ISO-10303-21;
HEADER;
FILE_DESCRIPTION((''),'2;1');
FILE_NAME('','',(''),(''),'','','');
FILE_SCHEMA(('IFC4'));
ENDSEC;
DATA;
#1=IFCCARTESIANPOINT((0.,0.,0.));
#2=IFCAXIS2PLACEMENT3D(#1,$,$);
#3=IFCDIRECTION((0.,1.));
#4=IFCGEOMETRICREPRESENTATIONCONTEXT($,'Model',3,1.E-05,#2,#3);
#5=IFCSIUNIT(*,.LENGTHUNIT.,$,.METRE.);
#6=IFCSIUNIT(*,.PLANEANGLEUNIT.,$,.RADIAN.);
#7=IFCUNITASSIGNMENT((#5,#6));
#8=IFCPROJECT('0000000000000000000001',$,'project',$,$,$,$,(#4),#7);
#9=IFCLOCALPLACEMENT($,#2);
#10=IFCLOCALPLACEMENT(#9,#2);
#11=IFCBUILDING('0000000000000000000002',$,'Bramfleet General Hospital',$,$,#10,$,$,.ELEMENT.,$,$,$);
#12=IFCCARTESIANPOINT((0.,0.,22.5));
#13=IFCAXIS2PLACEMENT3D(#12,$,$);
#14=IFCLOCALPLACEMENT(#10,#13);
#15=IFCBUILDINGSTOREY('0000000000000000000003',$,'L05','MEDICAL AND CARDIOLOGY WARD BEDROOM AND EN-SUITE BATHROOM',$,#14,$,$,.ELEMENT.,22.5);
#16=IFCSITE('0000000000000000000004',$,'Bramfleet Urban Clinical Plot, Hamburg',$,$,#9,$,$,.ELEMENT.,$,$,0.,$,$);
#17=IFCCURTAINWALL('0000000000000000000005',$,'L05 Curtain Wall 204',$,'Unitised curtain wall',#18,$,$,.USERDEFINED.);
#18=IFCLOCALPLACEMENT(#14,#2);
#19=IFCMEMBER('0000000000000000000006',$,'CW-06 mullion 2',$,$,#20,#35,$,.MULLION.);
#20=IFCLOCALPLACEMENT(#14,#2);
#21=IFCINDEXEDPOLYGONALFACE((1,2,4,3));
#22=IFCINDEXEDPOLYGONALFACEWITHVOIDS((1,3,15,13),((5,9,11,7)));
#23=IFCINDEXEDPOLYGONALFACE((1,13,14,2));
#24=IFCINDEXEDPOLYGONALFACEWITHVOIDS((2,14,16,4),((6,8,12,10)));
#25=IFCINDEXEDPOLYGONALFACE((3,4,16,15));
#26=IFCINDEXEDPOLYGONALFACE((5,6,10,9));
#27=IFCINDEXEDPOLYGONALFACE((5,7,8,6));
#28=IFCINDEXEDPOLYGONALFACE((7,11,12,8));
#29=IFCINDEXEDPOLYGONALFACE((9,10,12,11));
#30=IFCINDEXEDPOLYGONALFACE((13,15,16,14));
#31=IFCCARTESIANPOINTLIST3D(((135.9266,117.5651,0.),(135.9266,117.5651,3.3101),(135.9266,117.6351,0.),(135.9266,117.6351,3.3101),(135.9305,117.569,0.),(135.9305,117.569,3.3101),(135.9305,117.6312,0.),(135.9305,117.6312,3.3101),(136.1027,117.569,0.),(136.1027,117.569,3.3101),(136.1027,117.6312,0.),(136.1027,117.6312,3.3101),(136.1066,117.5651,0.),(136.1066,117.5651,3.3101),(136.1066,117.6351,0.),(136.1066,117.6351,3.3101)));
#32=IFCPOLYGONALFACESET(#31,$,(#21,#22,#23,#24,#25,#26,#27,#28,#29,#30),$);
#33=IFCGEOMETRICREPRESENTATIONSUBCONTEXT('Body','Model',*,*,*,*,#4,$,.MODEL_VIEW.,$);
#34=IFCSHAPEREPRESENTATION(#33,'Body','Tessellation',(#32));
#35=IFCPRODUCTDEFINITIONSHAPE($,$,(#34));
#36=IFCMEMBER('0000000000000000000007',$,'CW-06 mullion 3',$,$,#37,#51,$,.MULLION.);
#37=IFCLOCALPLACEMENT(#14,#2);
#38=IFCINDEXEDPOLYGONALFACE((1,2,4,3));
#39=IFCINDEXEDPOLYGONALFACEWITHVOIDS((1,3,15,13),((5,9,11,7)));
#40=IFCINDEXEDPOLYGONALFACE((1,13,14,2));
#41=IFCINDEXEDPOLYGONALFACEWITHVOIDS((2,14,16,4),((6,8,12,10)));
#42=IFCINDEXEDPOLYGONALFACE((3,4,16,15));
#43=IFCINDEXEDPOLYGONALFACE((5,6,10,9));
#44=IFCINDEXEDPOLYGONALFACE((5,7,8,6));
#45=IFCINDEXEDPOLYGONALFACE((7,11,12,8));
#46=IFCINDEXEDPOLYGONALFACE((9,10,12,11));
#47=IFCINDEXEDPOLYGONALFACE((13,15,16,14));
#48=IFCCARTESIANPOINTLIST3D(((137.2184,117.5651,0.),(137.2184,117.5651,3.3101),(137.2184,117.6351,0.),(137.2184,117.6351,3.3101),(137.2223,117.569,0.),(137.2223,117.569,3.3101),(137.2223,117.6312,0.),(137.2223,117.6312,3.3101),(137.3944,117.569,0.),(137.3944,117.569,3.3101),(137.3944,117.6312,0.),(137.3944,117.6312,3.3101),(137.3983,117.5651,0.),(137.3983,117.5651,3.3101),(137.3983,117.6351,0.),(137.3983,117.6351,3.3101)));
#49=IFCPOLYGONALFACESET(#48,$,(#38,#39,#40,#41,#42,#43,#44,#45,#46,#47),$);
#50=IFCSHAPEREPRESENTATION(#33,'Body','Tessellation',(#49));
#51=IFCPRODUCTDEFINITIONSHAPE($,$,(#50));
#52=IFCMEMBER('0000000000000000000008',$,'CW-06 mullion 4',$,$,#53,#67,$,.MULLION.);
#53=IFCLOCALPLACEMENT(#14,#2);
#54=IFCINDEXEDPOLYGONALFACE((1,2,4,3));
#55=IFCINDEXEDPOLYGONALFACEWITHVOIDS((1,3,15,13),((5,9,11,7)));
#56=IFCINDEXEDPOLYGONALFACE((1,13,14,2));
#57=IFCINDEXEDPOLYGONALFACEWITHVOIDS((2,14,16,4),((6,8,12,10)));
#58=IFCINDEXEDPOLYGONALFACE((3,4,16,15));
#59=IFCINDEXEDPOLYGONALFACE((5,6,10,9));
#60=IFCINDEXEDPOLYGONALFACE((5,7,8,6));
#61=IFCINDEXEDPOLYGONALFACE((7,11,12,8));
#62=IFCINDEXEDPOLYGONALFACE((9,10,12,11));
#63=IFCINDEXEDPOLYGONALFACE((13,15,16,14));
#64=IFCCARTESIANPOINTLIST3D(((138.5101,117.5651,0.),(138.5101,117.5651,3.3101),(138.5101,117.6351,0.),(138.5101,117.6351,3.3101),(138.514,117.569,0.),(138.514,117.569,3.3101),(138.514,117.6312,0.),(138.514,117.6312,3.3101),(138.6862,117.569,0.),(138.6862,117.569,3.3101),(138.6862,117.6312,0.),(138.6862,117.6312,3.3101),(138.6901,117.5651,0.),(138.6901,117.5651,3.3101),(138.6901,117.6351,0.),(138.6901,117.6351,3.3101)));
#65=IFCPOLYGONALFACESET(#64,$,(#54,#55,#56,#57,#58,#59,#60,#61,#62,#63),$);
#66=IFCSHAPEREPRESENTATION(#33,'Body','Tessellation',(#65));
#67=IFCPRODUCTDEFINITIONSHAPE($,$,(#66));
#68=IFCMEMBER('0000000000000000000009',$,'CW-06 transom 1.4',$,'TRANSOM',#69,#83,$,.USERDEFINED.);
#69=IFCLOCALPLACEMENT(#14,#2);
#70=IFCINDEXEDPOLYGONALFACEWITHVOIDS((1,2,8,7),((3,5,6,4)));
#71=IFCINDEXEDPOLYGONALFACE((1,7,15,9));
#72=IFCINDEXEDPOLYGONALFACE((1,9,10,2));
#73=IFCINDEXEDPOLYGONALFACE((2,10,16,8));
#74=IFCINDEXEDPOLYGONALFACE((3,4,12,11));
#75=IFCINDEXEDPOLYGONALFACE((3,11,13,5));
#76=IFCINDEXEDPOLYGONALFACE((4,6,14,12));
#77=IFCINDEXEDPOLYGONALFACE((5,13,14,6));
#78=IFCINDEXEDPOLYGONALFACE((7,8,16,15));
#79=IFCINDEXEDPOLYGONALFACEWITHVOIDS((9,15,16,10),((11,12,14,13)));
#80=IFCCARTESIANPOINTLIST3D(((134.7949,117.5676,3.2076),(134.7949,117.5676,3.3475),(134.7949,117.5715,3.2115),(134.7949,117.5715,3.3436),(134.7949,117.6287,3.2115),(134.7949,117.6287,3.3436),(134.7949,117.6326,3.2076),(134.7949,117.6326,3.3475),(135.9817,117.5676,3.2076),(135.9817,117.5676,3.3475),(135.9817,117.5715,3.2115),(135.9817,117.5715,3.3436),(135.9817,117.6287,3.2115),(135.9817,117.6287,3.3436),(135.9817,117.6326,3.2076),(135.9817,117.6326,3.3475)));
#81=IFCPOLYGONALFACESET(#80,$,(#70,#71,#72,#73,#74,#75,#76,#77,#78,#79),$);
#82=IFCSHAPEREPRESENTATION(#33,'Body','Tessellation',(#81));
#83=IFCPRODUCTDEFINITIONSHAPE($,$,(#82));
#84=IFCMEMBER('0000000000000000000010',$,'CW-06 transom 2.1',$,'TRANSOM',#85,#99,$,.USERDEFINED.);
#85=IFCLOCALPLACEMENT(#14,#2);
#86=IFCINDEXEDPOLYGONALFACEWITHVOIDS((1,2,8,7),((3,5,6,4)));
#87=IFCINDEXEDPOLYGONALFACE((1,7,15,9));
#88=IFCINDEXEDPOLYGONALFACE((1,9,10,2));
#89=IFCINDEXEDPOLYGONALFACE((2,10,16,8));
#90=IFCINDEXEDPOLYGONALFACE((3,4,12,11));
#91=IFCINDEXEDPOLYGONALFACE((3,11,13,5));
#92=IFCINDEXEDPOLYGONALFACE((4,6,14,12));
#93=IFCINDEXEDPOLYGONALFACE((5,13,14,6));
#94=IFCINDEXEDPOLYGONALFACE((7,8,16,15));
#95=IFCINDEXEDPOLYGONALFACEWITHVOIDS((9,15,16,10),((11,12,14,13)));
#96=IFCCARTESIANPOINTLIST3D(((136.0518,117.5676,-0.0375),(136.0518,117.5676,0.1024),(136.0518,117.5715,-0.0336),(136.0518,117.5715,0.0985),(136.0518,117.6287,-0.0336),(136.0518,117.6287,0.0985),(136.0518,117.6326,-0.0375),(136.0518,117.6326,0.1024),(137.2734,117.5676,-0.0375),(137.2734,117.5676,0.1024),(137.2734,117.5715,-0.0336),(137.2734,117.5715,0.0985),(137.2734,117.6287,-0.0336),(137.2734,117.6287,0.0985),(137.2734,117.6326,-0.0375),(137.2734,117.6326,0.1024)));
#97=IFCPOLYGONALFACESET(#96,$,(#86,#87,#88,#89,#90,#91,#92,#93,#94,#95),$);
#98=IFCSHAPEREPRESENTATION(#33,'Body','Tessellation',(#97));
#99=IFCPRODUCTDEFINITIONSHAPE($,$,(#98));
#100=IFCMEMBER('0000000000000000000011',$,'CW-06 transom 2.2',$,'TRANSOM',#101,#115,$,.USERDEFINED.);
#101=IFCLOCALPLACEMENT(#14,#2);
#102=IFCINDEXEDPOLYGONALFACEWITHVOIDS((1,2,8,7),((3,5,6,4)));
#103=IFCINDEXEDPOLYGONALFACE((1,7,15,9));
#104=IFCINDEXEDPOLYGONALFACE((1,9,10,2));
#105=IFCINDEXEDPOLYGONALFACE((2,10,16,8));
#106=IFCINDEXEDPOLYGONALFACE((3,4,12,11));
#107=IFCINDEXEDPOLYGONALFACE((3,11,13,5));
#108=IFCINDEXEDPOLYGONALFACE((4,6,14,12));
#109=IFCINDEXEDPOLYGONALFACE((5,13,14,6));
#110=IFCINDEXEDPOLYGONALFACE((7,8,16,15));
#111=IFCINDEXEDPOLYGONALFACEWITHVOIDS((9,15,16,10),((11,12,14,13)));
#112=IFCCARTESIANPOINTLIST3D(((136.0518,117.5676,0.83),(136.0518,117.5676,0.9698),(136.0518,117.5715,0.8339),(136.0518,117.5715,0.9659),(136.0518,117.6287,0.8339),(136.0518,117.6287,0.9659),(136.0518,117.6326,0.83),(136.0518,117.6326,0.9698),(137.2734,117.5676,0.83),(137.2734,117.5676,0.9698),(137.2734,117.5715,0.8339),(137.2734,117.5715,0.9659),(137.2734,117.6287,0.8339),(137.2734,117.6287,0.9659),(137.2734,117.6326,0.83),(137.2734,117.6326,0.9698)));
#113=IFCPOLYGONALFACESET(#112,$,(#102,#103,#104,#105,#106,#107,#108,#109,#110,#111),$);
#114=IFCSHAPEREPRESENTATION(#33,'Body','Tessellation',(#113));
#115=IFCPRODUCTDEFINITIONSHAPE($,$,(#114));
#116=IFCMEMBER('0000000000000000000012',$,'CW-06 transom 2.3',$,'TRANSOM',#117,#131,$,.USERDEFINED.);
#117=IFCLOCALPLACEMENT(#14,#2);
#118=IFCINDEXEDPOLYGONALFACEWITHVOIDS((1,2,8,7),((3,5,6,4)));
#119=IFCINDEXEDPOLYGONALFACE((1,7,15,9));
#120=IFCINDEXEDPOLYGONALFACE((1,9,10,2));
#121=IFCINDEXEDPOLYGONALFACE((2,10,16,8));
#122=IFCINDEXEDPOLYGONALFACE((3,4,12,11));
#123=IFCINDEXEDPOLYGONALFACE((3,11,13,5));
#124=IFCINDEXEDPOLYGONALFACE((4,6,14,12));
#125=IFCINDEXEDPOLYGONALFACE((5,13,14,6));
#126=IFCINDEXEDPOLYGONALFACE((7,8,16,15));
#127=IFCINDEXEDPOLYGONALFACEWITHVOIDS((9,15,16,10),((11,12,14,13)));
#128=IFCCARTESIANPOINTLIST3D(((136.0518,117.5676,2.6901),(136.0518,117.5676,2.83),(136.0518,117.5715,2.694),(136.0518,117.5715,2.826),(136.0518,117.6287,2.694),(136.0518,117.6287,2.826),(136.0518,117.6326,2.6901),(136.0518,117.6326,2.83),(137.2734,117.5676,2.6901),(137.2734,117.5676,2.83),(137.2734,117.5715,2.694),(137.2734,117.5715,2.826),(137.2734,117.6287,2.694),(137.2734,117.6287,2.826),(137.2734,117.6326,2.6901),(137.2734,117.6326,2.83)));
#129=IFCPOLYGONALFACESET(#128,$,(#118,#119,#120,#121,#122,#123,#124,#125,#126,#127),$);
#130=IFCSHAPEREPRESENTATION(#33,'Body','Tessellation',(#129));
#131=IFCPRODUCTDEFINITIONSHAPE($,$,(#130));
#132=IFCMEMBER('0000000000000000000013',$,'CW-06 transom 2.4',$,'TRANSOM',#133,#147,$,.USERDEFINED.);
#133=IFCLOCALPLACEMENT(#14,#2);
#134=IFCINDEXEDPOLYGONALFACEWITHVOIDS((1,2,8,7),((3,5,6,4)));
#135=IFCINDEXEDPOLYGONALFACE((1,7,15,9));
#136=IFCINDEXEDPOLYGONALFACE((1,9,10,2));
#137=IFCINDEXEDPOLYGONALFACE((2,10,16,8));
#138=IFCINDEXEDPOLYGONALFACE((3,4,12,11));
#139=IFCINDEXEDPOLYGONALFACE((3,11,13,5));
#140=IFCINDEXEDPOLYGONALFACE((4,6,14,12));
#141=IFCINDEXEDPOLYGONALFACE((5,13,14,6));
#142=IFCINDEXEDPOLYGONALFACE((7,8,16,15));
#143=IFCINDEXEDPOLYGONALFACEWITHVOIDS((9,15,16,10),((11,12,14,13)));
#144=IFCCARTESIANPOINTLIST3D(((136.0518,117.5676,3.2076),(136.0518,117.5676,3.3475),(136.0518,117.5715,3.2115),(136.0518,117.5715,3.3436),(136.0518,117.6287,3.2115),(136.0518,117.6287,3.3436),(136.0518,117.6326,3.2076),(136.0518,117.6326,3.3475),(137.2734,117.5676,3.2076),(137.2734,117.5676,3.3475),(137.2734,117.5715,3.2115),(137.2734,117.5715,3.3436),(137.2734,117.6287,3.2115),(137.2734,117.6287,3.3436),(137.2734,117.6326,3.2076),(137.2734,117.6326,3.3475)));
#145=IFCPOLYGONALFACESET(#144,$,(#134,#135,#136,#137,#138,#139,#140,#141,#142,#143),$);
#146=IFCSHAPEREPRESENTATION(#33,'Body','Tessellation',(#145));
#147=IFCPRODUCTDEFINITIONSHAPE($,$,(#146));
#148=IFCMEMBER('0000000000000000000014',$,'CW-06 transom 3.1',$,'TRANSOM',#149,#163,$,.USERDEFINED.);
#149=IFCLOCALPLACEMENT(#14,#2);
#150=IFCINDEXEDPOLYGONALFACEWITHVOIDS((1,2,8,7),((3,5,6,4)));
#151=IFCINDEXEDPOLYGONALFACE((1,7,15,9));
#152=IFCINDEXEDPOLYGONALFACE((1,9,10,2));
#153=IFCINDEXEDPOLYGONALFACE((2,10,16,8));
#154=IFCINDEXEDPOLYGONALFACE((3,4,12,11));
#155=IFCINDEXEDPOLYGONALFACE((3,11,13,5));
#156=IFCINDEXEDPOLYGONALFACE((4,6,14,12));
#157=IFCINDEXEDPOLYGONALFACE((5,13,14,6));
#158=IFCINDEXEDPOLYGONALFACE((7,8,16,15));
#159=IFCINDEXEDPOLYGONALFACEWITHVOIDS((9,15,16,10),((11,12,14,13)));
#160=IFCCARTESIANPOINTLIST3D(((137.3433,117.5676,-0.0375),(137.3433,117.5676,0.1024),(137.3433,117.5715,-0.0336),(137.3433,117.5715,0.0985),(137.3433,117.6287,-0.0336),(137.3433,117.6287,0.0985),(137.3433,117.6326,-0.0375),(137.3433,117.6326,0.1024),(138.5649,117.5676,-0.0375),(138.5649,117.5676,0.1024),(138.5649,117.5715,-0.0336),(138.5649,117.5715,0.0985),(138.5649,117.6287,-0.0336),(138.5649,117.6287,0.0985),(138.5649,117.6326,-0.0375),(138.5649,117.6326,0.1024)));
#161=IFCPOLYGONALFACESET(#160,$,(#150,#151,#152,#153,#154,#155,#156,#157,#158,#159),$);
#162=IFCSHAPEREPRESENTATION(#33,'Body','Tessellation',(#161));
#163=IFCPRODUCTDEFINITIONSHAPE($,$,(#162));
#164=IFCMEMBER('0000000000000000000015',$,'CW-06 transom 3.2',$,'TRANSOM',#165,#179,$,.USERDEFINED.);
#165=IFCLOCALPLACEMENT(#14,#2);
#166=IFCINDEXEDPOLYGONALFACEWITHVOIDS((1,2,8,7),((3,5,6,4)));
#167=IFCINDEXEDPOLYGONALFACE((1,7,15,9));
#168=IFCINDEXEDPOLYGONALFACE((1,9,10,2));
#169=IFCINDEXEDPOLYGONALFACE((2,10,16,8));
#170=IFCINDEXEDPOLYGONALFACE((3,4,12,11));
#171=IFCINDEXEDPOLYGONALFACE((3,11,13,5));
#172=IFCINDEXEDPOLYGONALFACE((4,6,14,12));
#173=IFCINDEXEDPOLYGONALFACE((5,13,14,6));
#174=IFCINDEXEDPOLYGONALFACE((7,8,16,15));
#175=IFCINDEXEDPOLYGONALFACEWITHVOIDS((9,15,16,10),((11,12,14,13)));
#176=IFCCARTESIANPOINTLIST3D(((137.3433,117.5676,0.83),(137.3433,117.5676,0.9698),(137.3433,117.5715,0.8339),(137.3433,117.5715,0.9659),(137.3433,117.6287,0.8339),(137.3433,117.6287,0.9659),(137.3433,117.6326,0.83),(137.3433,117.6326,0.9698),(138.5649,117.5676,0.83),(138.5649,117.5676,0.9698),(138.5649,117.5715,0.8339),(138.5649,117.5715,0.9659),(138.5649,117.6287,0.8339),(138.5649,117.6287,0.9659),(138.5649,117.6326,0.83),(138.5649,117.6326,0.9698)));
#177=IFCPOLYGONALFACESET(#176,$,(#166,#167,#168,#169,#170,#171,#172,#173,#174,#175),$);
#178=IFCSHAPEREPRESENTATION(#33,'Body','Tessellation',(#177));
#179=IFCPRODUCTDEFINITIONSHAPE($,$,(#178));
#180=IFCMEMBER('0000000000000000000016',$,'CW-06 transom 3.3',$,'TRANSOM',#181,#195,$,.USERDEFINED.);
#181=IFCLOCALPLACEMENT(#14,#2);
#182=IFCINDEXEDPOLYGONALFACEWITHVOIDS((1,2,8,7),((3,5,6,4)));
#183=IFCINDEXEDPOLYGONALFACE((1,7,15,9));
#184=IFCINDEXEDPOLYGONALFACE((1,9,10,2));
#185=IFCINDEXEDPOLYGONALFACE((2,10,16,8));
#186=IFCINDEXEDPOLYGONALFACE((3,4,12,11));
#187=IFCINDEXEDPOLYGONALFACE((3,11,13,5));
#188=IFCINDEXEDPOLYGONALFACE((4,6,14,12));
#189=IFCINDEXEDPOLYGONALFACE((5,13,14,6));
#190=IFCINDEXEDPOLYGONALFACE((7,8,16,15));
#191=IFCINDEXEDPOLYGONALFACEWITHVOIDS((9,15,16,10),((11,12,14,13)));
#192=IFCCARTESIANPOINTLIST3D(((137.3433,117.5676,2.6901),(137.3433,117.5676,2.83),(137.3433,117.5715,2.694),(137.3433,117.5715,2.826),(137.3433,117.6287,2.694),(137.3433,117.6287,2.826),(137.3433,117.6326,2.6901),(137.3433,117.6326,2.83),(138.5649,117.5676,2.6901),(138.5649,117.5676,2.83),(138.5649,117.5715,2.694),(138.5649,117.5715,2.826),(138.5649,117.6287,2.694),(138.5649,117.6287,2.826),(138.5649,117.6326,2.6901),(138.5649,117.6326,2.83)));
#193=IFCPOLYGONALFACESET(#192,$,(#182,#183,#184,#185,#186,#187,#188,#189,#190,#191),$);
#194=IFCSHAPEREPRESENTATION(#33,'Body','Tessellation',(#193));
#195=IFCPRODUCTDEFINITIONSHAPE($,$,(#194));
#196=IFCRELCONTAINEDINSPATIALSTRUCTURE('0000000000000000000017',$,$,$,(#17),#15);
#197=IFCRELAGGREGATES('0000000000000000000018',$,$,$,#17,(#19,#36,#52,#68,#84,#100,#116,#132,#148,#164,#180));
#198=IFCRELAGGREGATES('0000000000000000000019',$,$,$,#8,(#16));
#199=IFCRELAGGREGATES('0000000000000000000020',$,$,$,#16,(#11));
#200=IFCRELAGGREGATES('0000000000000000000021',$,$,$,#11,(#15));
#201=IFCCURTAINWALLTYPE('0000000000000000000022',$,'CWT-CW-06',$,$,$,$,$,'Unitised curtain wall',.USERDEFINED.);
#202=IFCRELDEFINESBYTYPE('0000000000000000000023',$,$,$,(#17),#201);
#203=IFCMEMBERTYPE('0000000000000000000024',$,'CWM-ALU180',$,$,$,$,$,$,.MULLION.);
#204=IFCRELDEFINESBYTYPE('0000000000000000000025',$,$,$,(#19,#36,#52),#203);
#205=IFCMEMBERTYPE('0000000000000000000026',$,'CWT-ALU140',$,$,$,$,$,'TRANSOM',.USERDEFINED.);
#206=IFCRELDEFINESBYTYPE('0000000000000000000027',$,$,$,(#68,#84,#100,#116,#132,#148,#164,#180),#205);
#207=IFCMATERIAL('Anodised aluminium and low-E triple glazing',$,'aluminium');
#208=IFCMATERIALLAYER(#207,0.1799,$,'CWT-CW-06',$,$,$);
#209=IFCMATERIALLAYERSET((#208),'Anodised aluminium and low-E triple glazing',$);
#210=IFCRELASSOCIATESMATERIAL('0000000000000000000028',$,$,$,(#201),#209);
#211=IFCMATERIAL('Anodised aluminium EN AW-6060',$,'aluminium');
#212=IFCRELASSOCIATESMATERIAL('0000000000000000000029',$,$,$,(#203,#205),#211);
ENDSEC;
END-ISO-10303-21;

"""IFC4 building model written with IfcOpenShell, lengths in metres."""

from ifc_helpers import new_model, si_unit, direction, frame, origin, origin_2d, place, context, subcontext, project, spatial, hollow_rectangle, extrude, material, layer, layer_set, material_profile, profile_set, type_object, element, aggregate, save


model = new_model("IFC4")

# Units and contexts
model_context = context("Model", 3, precision=1e-05, world=origin(), true_north=direction((0.0, 1.0)))
body_context = subcontext(model_context, "Body", "Model", "MODEL_VIEW")
ifc_project = project(units=[si_unit("LENGTHUNIT", "METRE"), si_unit("PLANEANGLEUNIT", "RADIAN")], contexts=[model_context])

# Site, building, storey
site_placement = place(None, origin())
site = spatial("IfcSite", under=ifc_project, at=site_placement, Name="Bramfleet Urban Clinical Plot, Hamburg", CompositionType="ELEMENT", RefElevation=0.0)
building_placement = place(site_placement, origin())
building = spatial("IfcBuilding", under=site, at=building_placement, Name="Bramfleet General Hospital", CompositionType="ELEMENT")
storey_placement = place(building_placement, frame((0.0, 0.0, 22.5)))
storey = spatial("IfcBuildingStorey", under=building, at=storey_placement, Name="L05", Description="MEDICAL AND CARDIOLOGY WARD BEDROOM AND EN-SUITE BATHROOM", CompositionType="ELEMENT", Elevation=22.5)

# Curtain wall, members
ifc_material_1 = material(Name="Anodised aluminium and low-E triple glazing", Category="aluminium")
ifc_layer_1 = layer(ifc_material_1, 0.1799, Name="CWT-CW-06")
ifc_layer_set_1 = layer_set([ifc_layer_1], Name="Anodised aluminium and low-E triple glazing")
curtain_wall_type = type_object("IfcCurtainWallType", Name="CWT-CW-06", ElementType="Unitised curtain wall", PredefinedType="USERDEFINED", material=ifc_layer_set_1)
curtain_wall_placement = place(storey_placement, origin())
curtain_wall = element("IfcCurtainWall", 1, at=curtain_wall_placement, inside=storey, type_object=curtain_wall_type, Name="L05 Curtain Wall 204", ObjectType="Unitised curtain wall", PredefinedType="USERDEFINED")
ifc_material_2 = material(Name="Anodised aluminium EN AW-6060", Category="aluminium")
ifc_material_profile_1 = material_profile(ifc_material_2, hollow_rectangle(XDim=0.0701, YDim=0.1799, WallThickness=0.0039, at=origin_2d()), Name="ALU 180x70x4.0")
ifc_profile_set_1 = profile_set([ifc_material_profile_1], Name="Anodised aluminium EN AW-6060")
member_type_1 = type_object("IfcMemberType", Name="CWM-ALU180", PredefinedType="MULLION", material=ifc_profile_set_1)
member_1_placement = place(storey_placement, frame((136.0166, 117.6001, 0.0), z_axis=(0.0, 0.0, 1.0), x_axis=(0.0, 1.0, 0.0)))
member_1 = element("IfcMember", 2, at=member_1_placement, type_object=member_type_1, Name="CW-06 mullion 2", PredefinedType="MULLION", context=body_context, shape_type="SweptSolid", body=[
    extrude(hollow_rectangle(XDim=0.0701, YDim=0.1799, WallThickness=0.0039, at=origin_2d()), origin(), (0.0, 0.0, 1.0), 3.3101),
])
member_2_placement = place(storey_placement, frame((137.3083, 117.6001, 0.0), z_axis=(0.0, 0.0, 1.0), x_axis=(0.0, 1.0, 0.0)))
member_2 = element("IfcMember", 3, at=member_2_placement, type_object=member_type_1, Name="CW-06 mullion 3", PredefinedType="MULLION", context=body_context, shape_type="SweptSolid", body=[
    extrude(hollow_rectangle(XDim=0.0701, YDim=0.1799, WallThickness=0.0039, at=origin_2d()), origin(), (0.0, 0.0, 1.0), 3.3101),
])
member_3_placement = place(storey_placement, frame((138.6001, 117.6001, 0.0), z_axis=(0.0, 0.0, 1.0), x_axis=(0.0, 1.0, 0.0)))
member_3 = element("IfcMember", 4, at=member_3_placement, type_object=member_type_1, Name="CW-06 mullion 4", PredefinedType="MULLION", context=body_context, shape_type="SweptSolid", body=[
    extrude(hollow_rectangle(XDim=0.0701, YDim=0.1799, WallThickness=0.0039, at=origin_2d()), origin(), (0.0, 0.0, 1.0), 3.3101),
])
ifc_material_profile_2 = material_profile(ifc_material_2, hollow_rectangle(XDim=0.0649, YDim=0.1399, WallThickness=0.0039, at=origin_2d()), Name="ALU 140x65x4.0")
ifc_profile_set_2 = profile_set([ifc_material_profile_2], Name="Anodised aluminium EN AW-6060")
member_type_2 = type_object("IfcMemberType", Name="CWT-ALU140", ElementType="TRANSOM", PredefinedType="USERDEFINED", material=ifc_profile_set_2)
member_4_placement = place(storey_placement, frame((134.7949, 117.6001, 3.2776), z_axis=(1.0, 0.0, 0.0), x_axis=(0.0, 1.0, 0.0)))
member_4 = element("IfcMember", 5, at=member_4_placement, type_object=member_type_2, Name="CW-06 transom 1.4", ObjectType="TRANSOM", PredefinedType="USERDEFINED", context=body_context, shape_type="SweptSolid", body=[
    extrude(hollow_rectangle(XDim=0.0649, YDim=0.1399, WallThickness=0.0039, at=origin_2d()), origin(), (0.0, 0.0, 1.0), 1.1868),
])
member_5_placement = place(storey_placement, frame((136.0518, 117.6001, 0.0325), z_axis=(1.0, 0.0, 0.0), x_axis=(0.0, 1.0, 0.0)))
member_5 = element("IfcMember", 6, at=member_5_placement, type_object=member_type_2, Name="CW-06 transom 2.1", ObjectType="TRANSOM", PredefinedType="USERDEFINED", context=body_context, shape_type="SweptSolid", body=[
    extrude(hollow_rectangle(XDim=0.0649, YDim=0.1399, WallThickness=0.0039, at=origin_2d()), origin(), (0.0, 0.0, 1.0), 1.2217),
])
member_6_placement = place(storey_placement, frame((136.0518, 117.6001, 0.8999), z_axis=(1.0, 0.0, 0.0), x_axis=(0.0, 1.0, 0.0)))
member_6 = element("IfcMember", 7, at=member_6_placement, type_object=member_type_2, Name="CW-06 transom 2.2", ObjectType="TRANSOM", PredefinedType="USERDEFINED", context=body_context, shape_type="SweptSolid", body=[
    extrude(hollow_rectangle(XDim=0.0649, YDim=0.1399, WallThickness=0.0039, at=origin_2d()), origin(), (0.0, 0.0, 1.0), 1.2217),
])
member_7_placement = place(storey_placement, frame((136.0518, 117.6001, 2.76), z_axis=(1.0, 0.0, 0.0), x_axis=(0.0, 1.0, 0.0)))
member_7 = element("IfcMember", 8, at=member_7_placement, type_object=member_type_2, Name="CW-06 transom 2.3", ObjectType="TRANSOM", PredefinedType="USERDEFINED", context=body_context, shape_type="SweptSolid", body=[
    extrude(hollow_rectangle(XDim=0.0649, YDim=0.1399, WallThickness=0.0039, at=origin_2d()), origin(), (0.0, 0.0, 1.0), 1.2217),
])
member_8_placement = place(storey_placement, frame((136.0518, 117.6001, 3.2776), z_axis=(1.0, 0.0, 0.0), x_axis=(0.0, 1.0, 0.0)))
member_8 = element("IfcMember", 9, at=member_8_placement, type_object=member_type_2, Name="CW-06 transom 2.4", ObjectType="TRANSOM", PredefinedType="USERDEFINED", context=body_context, shape_type="SweptSolid", body=[
    extrude(hollow_rectangle(XDim=0.0649, YDim=0.1399, WallThickness=0.0039, at=origin_2d()), origin(), (0.0, 0.0, 1.0), 1.2217),
])
member_9_placement = place(storey_placement, frame((137.3433, 117.6001, 0.0325), z_axis=(1.0, 0.0, 0.0), x_axis=(0.0, 1.0, 0.0)))
member_9 = element("IfcMember", 10, at=member_9_placement, type_object=member_type_2, Name="CW-06 transom 3.1", ObjectType="TRANSOM", PredefinedType="USERDEFINED", context=body_context, shape_type="SweptSolid", body=[
    extrude(hollow_rectangle(XDim=0.0649, YDim=0.1399, WallThickness=0.0039, at=origin_2d()), origin(), (0.0, 0.0, 1.0), 1.2217),
])
member_10_placement = place(storey_placement, frame((137.3433, 117.6001, 0.8999), z_axis=(1.0, 0.0, 0.0), x_axis=(0.0, 1.0, 0.0)))
member_10 = element("IfcMember", 11, at=member_10_placement, type_object=member_type_2, Name="CW-06 transom 3.2", ObjectType="TRANSOM", PredefinedType="USERDEFINED", context=body_context, shape_type="SweptSolid", body=[
    extrude(hollow_rectangle(XDim=0.0649, YDim=0.1399, WallThickness=0.0039, at=origin_2d()), origin(), (0.0, 0.0, 1.0), 1.2217),
])
member_11_placement = place(storey_placement, frame((137.3433, 117.6001, 2.76), z_axis=(1.0, 0.0, 0.0), x_axis=(0.0, 1.0, 0.0)))
member_11 = element("IfcMember", 12, at=member_11_placement, type_object=member_type_2, Name="CW-06 transom 3.3", ObjectType="TRANSOM", PredefinedType="USERDEFINED", context=body_context, shape_type="SweptSolid", body=[
    extrude(hollow_rectangle(XDim=0.0649, YDim=0.1399, WallThickness=0.0039, at=origin_2d()), origin(), (0.0, 0.0, 1.0), 1.2217),
])
aggregate(curtain_wall, [member_1, member_2, member_3, member_4, member_5, member_6, member_7, member_8, member_9, member_10, member_11])

save(model, "model.ifc")
